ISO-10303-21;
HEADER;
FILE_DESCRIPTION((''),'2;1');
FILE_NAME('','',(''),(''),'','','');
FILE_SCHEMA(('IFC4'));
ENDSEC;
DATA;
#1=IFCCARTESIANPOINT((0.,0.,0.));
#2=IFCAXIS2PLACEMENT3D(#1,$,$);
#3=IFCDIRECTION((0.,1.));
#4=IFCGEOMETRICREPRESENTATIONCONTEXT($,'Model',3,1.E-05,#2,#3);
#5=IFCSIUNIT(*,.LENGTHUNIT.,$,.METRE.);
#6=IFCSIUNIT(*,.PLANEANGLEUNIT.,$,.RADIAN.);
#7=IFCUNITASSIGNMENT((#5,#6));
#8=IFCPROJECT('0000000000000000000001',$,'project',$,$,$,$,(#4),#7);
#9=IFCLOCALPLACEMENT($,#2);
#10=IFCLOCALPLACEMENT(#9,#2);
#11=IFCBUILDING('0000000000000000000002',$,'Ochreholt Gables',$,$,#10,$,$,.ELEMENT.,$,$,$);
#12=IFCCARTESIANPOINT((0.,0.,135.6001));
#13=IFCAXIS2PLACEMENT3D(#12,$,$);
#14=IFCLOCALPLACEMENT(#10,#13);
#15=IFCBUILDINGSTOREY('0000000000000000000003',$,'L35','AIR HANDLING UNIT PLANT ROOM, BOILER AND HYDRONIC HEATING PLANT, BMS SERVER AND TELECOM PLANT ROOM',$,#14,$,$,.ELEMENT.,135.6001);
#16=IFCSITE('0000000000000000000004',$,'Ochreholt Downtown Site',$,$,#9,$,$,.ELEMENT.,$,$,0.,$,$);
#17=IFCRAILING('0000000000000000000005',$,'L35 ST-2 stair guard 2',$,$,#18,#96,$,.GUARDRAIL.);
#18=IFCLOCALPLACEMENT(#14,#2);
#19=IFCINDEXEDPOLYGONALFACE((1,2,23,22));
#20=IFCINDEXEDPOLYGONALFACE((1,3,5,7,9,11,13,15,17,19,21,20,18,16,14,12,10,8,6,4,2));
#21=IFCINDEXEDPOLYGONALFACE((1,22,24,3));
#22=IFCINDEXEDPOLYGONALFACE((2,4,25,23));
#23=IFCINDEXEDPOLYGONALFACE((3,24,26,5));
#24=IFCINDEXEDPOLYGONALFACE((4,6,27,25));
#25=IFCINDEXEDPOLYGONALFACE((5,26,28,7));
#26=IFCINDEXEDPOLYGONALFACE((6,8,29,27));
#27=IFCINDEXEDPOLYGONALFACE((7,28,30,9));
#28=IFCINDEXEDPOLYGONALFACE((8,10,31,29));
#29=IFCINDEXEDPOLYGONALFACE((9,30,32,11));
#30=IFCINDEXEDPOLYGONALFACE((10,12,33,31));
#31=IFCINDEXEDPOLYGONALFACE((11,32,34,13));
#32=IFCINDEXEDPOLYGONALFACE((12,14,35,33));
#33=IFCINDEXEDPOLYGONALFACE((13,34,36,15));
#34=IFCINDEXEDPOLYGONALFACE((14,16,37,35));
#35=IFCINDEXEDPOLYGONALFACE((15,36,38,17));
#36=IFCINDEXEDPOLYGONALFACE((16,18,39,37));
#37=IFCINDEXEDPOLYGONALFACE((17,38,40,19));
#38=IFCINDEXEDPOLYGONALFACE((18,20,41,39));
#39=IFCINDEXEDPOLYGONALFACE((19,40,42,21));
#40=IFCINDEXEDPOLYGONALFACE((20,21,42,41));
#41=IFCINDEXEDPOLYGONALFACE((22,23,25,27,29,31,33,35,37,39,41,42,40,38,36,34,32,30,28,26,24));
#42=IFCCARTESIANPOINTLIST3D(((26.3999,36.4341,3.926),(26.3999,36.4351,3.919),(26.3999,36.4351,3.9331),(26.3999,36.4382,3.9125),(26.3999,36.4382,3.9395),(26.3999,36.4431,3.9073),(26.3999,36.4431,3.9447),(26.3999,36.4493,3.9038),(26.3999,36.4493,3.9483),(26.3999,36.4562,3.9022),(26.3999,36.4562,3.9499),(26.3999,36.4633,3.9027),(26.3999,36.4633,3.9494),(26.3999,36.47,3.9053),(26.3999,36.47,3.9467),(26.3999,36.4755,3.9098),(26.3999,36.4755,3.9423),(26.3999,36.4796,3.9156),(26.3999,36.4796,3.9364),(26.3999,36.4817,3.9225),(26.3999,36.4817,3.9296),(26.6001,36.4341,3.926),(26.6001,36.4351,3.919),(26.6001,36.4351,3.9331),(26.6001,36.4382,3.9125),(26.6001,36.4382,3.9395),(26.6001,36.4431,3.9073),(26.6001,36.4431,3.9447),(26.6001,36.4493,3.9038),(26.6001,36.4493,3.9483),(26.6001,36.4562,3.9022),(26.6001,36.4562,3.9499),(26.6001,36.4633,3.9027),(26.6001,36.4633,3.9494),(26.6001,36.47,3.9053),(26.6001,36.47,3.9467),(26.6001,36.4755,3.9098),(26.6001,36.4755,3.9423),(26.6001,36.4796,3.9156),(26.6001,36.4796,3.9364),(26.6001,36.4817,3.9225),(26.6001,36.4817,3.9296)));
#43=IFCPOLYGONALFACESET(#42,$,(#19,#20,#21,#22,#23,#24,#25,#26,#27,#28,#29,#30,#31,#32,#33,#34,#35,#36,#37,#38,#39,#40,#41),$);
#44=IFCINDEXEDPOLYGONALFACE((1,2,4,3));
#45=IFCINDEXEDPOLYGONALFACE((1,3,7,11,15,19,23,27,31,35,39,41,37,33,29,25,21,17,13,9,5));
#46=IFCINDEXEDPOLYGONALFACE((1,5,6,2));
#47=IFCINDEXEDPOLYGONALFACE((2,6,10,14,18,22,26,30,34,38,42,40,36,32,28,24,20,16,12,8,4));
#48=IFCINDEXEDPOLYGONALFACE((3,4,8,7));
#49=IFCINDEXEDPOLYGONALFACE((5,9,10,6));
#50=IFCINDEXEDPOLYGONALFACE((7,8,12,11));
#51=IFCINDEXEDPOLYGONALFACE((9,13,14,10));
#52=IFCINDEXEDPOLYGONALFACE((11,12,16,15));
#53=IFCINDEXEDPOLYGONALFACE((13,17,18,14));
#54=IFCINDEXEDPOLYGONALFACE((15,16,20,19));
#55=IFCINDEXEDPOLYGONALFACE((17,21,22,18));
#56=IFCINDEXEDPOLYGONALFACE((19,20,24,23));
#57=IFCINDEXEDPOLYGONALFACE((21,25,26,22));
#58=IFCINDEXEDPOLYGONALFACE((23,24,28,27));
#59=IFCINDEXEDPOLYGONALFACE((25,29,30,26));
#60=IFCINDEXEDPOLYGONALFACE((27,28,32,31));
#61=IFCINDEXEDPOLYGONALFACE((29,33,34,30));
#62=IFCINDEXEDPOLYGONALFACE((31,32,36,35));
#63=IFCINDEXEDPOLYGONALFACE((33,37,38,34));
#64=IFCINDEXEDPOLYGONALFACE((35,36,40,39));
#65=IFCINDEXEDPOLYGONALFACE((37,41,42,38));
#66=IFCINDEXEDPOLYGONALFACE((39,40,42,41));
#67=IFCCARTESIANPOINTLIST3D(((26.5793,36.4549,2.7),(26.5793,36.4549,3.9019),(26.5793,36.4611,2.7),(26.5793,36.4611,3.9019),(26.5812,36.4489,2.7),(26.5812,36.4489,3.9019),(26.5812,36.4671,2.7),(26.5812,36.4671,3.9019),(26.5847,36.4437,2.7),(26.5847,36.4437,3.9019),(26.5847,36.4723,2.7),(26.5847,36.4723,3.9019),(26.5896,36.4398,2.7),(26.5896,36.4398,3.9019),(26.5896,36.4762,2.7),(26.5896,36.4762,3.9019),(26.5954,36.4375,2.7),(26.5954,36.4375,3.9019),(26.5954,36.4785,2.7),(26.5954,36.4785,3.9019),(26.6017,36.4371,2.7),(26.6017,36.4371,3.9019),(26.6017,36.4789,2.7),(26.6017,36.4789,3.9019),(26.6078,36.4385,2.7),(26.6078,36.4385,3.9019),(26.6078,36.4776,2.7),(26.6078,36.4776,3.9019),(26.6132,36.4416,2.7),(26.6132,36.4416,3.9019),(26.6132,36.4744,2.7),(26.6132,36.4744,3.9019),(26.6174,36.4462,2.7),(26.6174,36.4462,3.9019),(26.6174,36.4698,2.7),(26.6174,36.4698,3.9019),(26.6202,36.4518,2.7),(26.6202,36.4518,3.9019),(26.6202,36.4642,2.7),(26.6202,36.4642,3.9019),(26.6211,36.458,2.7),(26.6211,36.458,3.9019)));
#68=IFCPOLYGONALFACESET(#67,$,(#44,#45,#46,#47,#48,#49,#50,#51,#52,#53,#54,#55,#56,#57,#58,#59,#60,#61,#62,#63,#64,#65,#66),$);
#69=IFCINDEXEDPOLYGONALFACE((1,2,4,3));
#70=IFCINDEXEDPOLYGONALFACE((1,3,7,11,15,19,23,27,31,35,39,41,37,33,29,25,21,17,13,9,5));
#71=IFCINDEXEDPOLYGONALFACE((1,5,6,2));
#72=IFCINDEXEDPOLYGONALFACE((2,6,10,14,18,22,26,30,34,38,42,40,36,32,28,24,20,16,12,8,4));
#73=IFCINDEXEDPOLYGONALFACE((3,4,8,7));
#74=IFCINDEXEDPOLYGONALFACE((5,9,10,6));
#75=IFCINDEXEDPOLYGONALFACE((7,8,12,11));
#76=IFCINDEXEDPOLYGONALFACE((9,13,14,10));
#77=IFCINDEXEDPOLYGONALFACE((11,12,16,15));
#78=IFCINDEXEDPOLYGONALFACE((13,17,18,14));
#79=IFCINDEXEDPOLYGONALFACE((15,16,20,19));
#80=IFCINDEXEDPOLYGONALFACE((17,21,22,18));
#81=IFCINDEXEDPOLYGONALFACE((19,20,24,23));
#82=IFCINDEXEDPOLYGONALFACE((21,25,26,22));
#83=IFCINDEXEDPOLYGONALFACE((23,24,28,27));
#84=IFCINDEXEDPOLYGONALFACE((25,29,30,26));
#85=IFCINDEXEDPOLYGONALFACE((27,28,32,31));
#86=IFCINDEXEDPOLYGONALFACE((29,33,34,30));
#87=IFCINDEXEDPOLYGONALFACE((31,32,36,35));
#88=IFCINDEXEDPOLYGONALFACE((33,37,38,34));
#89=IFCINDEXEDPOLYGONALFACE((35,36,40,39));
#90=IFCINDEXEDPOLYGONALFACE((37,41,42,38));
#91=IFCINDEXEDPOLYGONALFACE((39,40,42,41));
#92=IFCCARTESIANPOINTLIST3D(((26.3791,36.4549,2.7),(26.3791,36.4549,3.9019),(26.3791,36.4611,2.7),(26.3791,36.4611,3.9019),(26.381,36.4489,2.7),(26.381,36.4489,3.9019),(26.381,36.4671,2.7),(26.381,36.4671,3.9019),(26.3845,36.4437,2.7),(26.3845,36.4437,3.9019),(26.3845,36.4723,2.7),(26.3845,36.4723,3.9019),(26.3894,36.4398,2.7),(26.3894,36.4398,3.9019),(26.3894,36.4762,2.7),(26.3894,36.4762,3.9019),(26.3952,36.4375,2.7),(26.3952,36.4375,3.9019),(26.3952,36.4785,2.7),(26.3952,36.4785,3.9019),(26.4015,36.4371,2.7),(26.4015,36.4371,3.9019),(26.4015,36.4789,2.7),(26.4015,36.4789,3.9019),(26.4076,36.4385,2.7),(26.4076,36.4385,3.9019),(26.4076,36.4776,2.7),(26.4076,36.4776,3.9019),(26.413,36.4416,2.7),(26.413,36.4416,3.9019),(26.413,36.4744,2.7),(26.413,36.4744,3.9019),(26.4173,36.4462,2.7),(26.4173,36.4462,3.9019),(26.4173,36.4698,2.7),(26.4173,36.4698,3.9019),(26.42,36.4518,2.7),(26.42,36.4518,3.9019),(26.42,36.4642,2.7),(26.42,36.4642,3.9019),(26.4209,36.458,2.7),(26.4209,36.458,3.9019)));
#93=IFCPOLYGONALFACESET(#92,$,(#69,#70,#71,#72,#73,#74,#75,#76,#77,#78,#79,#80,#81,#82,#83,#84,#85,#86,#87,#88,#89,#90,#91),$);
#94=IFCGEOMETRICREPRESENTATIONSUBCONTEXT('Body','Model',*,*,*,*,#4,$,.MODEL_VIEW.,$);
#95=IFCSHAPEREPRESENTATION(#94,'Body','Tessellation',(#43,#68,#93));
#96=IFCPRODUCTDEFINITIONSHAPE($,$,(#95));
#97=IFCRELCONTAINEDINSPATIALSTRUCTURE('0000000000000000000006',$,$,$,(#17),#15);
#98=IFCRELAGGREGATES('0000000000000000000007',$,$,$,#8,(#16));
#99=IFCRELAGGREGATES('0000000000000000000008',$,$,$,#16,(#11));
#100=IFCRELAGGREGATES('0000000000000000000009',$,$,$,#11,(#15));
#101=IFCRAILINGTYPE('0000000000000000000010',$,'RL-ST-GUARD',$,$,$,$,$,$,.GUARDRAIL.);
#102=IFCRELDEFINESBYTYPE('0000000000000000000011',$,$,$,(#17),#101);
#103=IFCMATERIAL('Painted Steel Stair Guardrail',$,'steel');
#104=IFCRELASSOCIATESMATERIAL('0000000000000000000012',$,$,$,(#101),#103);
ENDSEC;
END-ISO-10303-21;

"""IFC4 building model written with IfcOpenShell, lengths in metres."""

from ifc_helpers import new_model, si_unit, direction, frame, origin, origin_2d, place, context, subcontext, project, spatial, circle, extrude, material, type_object, element, save


model = new_model("IFC4")

# Units and contexts
model_context = context("Model", 3, precision=1e-05, world=origin(), true_north=direction((0.0, 1.0)))
body_context = subcontext(model_context, "Body", "Model", "MODEL_VIEW")
ifc_project = project(units=[si_unit("LENGTHUNIT", "METRE"), si_unit("PLANEANGLEUNIT", "RADIAN")], contexts=[model_context])

# Site, building, storey
site_placement = place(None, origin())
site = spatial("IfcSite", under=ifc_project, at=site_placement, Name="Ochreholt Downtown Site", CompositionType="ELEMENT", RefElevation=0.0)
building_placement = place(site_placement, origin())
building = spatial("IfcBuilding", under=site, at=building_placement, Name="Ochreholt Gables", CompositionType="ELEMENT")
storey_placement = place(building_placement, frame((0.0, 0.0, 135.6001)))
storey = spatial("IfcBuildingStorey", under=building, at=storey_placement, Name="L35", Description="AIR HANDLING UNIT PLANT ROOM, BOILER AND HYDRONIC HEATING PLANT, BMS SERVER AND TELECOM PLANT ROOM", CompositionType="ELEMENT", Elevation=135.6001)

# Railing
ifc_material_1 = material(Name="Painted Steel Stair Guardrail", Category="steel")
railing_type_1 = type_object("IfcRailingType", Name="RL-ST-GUARD", PredefinedType="GUARDRAIL", material=ifc_material_1)
railing_1_placement = place(storey_placement, frame((26.6001, 36.458, 2.7)))
element("IfcRailing", 1, at=railing_1_placement, inside=storey, type_object=railing_type_1, Name="L35 ST-2 stair guard 2", PredefinedType="GUARDRAIL", context=body_context, shape_type="SweptSolid", body=[
    extrude(circle(Radius=0.0239, at=origin_2d()), frame((0.0, 0.0, 1.2261), z_axis=(-1.0, 0.0, 0.0), x_axis=(0.0, -1.0, 0.0)), (0.0, 0.0, 1.0), 0.2002),
    extrude(circle(Radius=0.021, at=origin_2d()), origin(), (0.0, 0.0, 1.0), 1.2019),
    extrude(circle(Radius=0.021, at=origin_2d()), frame((-0.2002, 0.0, 0.0)), (0.0, 0.0, 1.0), 1.2019),
])

save(model, "model.ifc")
